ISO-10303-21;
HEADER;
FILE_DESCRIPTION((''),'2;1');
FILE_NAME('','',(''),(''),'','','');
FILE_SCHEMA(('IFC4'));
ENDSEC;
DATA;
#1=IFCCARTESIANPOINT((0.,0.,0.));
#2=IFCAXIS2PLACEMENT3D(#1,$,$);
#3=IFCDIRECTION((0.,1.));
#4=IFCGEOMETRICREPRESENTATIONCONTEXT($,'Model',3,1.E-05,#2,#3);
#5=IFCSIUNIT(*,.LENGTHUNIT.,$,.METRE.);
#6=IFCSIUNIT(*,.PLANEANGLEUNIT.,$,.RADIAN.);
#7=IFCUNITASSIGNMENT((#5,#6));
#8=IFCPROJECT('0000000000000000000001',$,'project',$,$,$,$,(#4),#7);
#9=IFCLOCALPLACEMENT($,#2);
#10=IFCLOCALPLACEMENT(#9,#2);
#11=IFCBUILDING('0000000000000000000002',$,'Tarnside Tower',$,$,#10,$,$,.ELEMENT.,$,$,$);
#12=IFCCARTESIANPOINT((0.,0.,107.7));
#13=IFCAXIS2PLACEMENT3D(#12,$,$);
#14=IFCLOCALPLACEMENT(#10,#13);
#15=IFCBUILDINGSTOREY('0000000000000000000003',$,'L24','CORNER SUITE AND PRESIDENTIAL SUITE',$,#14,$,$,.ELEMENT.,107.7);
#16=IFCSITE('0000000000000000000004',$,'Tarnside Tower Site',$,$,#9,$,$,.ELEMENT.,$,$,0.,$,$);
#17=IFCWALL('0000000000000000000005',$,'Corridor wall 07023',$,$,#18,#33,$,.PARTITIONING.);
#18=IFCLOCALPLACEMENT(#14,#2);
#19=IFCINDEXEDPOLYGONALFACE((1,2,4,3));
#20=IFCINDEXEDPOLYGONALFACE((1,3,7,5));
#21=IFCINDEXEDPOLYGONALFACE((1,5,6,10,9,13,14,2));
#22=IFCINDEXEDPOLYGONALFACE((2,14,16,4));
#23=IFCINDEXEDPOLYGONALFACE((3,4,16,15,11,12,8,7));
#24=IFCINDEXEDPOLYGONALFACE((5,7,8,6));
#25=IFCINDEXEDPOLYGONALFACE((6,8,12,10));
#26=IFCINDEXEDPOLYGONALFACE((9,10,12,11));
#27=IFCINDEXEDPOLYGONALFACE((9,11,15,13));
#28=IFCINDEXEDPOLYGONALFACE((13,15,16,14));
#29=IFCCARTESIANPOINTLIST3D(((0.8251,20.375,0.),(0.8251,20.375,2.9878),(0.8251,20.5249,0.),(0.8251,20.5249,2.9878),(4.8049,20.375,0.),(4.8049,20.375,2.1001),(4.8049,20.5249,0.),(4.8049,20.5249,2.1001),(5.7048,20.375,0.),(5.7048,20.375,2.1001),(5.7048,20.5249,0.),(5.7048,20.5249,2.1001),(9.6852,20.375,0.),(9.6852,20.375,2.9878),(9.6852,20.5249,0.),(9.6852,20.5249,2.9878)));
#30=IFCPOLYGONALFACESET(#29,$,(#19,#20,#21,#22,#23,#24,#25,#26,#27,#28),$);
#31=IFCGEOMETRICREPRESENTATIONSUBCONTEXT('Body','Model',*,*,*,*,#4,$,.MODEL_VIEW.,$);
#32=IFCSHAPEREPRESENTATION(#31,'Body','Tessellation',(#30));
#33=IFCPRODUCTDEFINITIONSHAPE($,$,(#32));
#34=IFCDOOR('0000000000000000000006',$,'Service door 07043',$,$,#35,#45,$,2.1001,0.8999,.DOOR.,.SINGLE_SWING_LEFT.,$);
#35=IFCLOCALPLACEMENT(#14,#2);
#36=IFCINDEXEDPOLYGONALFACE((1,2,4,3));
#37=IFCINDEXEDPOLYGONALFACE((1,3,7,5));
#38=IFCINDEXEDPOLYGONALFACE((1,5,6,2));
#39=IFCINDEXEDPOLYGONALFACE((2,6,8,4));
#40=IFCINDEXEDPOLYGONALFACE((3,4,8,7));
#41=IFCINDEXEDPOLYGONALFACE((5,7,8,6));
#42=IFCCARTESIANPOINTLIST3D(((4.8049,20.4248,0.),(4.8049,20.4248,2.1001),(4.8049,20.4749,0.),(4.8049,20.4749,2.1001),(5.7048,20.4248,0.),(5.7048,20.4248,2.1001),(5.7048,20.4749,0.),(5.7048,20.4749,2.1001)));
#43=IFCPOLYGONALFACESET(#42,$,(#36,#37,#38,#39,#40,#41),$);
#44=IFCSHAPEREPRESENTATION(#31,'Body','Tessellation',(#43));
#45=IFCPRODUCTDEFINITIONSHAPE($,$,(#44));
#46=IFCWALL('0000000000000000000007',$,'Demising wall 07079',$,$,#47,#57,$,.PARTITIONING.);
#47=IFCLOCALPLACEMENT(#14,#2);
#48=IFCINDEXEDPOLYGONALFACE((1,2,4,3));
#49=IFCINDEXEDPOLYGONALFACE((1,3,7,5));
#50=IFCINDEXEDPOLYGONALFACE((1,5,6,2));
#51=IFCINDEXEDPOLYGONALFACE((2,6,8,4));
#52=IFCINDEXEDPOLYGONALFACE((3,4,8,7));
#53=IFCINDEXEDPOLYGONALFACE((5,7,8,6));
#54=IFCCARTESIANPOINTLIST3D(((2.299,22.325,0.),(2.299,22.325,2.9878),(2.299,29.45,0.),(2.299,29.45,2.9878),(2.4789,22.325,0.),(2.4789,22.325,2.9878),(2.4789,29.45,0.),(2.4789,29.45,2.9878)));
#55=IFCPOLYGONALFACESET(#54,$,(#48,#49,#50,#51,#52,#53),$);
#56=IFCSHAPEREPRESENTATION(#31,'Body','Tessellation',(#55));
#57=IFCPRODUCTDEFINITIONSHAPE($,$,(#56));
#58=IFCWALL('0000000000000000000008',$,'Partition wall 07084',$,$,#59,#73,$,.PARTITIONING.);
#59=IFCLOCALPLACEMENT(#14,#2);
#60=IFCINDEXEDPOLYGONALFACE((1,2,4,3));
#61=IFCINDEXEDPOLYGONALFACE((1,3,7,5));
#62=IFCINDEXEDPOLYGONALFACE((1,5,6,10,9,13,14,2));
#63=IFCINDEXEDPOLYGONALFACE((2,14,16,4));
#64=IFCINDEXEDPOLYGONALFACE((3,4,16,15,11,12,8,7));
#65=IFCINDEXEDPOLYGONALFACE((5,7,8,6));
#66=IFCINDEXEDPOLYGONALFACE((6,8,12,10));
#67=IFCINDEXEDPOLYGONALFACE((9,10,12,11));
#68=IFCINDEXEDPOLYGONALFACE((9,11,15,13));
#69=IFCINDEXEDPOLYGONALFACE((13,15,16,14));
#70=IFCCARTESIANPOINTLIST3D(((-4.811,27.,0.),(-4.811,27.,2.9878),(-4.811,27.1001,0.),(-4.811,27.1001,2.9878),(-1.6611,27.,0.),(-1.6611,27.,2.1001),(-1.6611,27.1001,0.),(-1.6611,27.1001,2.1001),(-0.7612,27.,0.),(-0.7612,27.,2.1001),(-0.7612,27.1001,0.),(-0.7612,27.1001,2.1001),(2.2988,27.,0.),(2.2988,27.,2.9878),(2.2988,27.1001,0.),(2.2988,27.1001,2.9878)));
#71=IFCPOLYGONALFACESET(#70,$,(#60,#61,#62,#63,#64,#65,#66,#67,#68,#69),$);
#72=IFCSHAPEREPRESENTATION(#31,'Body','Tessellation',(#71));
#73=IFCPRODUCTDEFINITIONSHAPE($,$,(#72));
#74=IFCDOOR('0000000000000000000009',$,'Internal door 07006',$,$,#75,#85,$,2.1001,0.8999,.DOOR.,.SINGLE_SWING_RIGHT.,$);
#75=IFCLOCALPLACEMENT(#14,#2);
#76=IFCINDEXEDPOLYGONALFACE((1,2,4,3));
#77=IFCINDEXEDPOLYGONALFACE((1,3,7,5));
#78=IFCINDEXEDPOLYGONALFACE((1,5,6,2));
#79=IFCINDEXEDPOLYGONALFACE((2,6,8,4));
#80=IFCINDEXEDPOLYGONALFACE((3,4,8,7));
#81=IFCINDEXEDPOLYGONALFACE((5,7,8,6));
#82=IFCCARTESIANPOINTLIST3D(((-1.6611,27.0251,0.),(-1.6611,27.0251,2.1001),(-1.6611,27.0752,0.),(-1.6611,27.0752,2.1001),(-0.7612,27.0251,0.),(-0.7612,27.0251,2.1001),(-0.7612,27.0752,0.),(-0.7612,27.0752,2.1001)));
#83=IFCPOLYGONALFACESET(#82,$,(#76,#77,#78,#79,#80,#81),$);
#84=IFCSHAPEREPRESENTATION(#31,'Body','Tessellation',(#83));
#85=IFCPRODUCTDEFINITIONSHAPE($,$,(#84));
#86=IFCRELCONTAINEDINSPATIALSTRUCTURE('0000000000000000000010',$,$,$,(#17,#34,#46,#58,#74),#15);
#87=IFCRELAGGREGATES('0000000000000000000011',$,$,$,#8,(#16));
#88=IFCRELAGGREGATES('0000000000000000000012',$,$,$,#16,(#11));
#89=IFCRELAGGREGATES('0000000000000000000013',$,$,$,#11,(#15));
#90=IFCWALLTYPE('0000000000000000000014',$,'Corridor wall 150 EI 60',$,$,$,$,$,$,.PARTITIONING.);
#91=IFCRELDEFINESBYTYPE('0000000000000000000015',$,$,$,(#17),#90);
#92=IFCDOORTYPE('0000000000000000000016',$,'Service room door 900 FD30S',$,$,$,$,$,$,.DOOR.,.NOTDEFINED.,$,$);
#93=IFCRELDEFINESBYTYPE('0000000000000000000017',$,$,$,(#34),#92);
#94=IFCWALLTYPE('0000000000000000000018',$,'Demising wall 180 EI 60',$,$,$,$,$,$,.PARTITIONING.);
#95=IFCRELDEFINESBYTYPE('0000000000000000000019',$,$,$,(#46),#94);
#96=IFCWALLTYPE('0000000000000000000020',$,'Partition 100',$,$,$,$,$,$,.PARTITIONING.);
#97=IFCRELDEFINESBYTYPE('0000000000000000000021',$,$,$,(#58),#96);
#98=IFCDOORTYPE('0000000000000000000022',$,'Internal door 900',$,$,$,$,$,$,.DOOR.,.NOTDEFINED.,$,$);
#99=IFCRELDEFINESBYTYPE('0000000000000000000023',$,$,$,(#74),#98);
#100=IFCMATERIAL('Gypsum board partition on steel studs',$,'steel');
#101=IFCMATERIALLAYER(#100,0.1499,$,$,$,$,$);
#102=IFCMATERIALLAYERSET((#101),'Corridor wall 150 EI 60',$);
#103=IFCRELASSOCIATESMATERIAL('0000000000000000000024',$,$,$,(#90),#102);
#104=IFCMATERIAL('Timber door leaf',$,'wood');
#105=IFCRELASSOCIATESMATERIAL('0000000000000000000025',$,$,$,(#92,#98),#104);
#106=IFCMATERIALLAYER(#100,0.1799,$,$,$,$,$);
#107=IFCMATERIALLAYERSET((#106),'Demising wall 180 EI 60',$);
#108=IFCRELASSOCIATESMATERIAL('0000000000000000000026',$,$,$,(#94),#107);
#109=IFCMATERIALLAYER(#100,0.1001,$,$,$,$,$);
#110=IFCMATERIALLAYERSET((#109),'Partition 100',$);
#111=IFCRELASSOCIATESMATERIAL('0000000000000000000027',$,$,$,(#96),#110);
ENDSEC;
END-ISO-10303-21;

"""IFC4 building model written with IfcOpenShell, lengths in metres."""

from ifc_helpers import new_model, si_unit, direction, frame, frame_2d, origin, place, context, subcontext, project, spatial, rectangle, extrude, material, layer, layer_set, type_object, element, fill, save


model = new_model("IFC4")

# Units and contexts
model_context = context("Model", 3, precision=1e-05, world=origin(), true_north=direction((0.0, 1.0)))
body_context = subcontext(model_context, "Body", "Model", "MODEL_VIEW")
ifc_project = project(units=[si_unit("LENGTHUNIT", "METRE"), si_unit("PLANEANGLEUNIT", "RADIAN")], contexts=[model_context])

# Site, building, storey
site_placement = place(None, origin())
site = spatial("IfcSite", under=ifc_project, at=site_placement, Name="Tarnside Tower Site", CompositionType="ELEMENT", RefElevation=0.0)
building_placement = place(site_placement, origin())
building = spatial("IfcBuilding", under=site, at=building_placement, Name="Tarnside Tower", CompositionType="ELEMENT")
storey_placement = place(building_placement, frame((0.0, 0.0, 107.7)))
storey = spatial("IfcBuildingStorey", under=building, at=storey_placement, Name="L24", Description="CORNER SUITE AND PRESIDENTIAL SUITE", CompositionType="ELEMENT", Elevation=107.7)

# Shared definitions
ifc_material_1 = material(Name="Gypsum board partition on steel studs", Category="steel")
ifc_material_2 = material(Name="Timber door leaf", Category="wood")

# Wall, opening, door
ifc_layer_1 = layer(ifc_material_1, 0.1499)
ifc_layer_set_1 = layer_set([ifc_layer_1], Name="Corridor wall 150 EI 60")
wall_type_1 = type_object("IfcWallType", Name="Corridor wall 150 EI 60", PredefinedType="PARTITIONING", material=ifc_layer_set_1)
wall_1_placement = place(storey_placement, frame((0.825, 20.45, 0.0), z_axis=(0.0, 0.0, 1.0), x_axis=(1.0, 0.0, 0.0)))
wall_1 = element("IfcWall", 1, at=wall_1_placement, inside=storey, type_object=wall_type_1, Name="Corridor wall 07023", PredefinedType="PARTITIONING", context=body_context, shape_type="SweptSolid", body=[
    extrude(rectangle(XDim=8.8601, YDim=0.1499, at=frame_2d((4.4302, 0.0))), origin(), (0.0, 0.0, 1.0), 2.9878),
])
opening_1_placement = place(wall_1_placement, frame((3.98, 0.0, 0.0)))
opening_1 = element("IfcOpeningElement", 2, at=opening_1_placement, cuts=wall_1, PredefinedType="OPENING", context=body_context, shape_type="SweptSolid", body=[
    extrude(rectangle(XDim=0.8999, YDim=2.1001, at=frame_2d((0.45, 1.05))), frame((0.0, 0.085, 0.0), z_axis=(0.0, -1.0, 0.0), x_axis=(1.0, 0.0, 0.0)), (0.0, 0.0, 1.0), 0.1699),
])
door_type_1 = type_object("IfcDoorType", Name="Service room door 900 FD30S", OperationType="NOTDEFINED", PredefinedType="DOOR", material=ifc_material_2)
door_1_placement = place(opening_1_placement, origin())
door_1 = element("IfcDoor", 3, at=door_1_placement, inside=storey, type_object=door_type_1, Name="Service door 07043", OperationType="SINGLE_SWING_LEFT", OverallHeight=2.1001, OverallWidth=0.8999, PredefinedType="DOOR", context=body_context, shape_type="SweptSolid", body=[
    extrude(rectangle(XDim=0.8999, YDim=2.1001, at=frame_2d((0.45, 1.05))), frame((0.0, 0.0249, 0.0), z_axis=(0.0, -1.0, 0.0), x_axis=(1.0, 0.0, 0.0)), (0.0, 0.0, 1.0), 0.05),
])
fill(opening_1, door_1)

# Wall
ifc_layer_2 = layer(ifc_material_1, 0.1799)
ifc_layer_set_2 = layer_set([ifc_layer_2], Name="Demising wall 180 EI 60")
wall_type_2 = type_object("IfcWallType", Name="Demising wall 180 EI 60", PredefinedType="PARTITIONING", material=ifc_layer_set_2)
wall_2_placement = place(storey_placement, frame((2.3889, 29.45, 0.0), z_axis=(0.0, 0.0, 1.0), x_axis=(0.0, -1.0, 0.0)))
element("IfcWall", 4, at=wall_2_placement, inside=storey, type_object=wall_type_2, Name="Demising wall 07079", PredefinedType="PARTITIONING", context=body_context, shape_type="SweptSolid", body=[
    extrude(rectangle(XDim=7.125, YDim=0.1799, at=frame_2d((3.5625, 0.0))), origin(), (0.0, 0.0, 1.0), 2.9878),
])

# Wall, opening, door
ifc_layer_3 = layer(ifc_material_1, 0.1001)
ifc_layer_set_3 = layer_set([ifc_layer_3], Name="Partition 100")
wall_type_3 = type_object("IfcWallType", Name="Partition 100", PredefinedType="PARTITIONING", material=ifc_layer_set_3)
wall_3_placement = place(storey_placement, frame((2.2988, 27.05, 0.0), z_axis=(0.0, 0.0, 1.0), x_axis=(-1.0, 0.0, 0.0)))
wall_3 = element("IfcWall", 5, at=wall_3_placement, inside=storey, type_object=wall_type_3, Name="Partition wall 07084", PredefinedType="PARTITIONING", context=body_context, shape_type="SweptSolid", body=[
    extrude(rectangle(XDim=7.1099, YDim=0.1001, at=frame_2d((3.5549, 0.0))), origin(), (0.0, 0.0, 1.0), 2.9878),
])
opening_2_placement = place(wall_3_placement, frame((3.0601, 0.0, 0.0)))
opening_2 = element("IfcOpeningElement", 6, at=opening_2_placement, cuts=wall_3, PredefinedType="OPENING", context=body_context, shape_type="SweptSolid", body=[
    extrude(rectangle(XDim=0.8999, YDim=2.1001, at=frame_2d((0.45, 1.05))), frame((0.0, 0.0601, 0.0), z_axis=(0.0, -1.0, 0.0), x_axis=(1.0, 0.0, 0.0)), (0.0, 0.0, 1.0), 0.1201),
])
door_type_2 = type_object("IfcDoorType", Name="Internal door 900", OperationType="NOTDEFINED", PredefinedType="DOOR", material=ifc_material_2)
door_2_placement = place(opening_2_placement, origin())
door_2 = element("IfcDoor", 7, at=door_2_placement, inside=storey, type_object=door_type_2, Name="Internal door 07006", OperationType="SINGLE_SWING_RIGHT", OverallHeight=2.1001, OverallWidth=0.8999, PredefinedType="DOOR", context=body_context, shape_type="SweptSolid", body=[
    extrude(rectangle(XDim=0.8999, YDim=2.1001, at=frame_2d((0.45, 1.05))), frame((0.0, 0.0249, 0.0), z_axis=(0.0, -1.0, 0.0), x_axis=(1.0, 0.0, 0.0)), (0.0, 0.0, 1.0), 0.05),
])
fill(opening_2, door_2)

save(model, "model.ifc")
